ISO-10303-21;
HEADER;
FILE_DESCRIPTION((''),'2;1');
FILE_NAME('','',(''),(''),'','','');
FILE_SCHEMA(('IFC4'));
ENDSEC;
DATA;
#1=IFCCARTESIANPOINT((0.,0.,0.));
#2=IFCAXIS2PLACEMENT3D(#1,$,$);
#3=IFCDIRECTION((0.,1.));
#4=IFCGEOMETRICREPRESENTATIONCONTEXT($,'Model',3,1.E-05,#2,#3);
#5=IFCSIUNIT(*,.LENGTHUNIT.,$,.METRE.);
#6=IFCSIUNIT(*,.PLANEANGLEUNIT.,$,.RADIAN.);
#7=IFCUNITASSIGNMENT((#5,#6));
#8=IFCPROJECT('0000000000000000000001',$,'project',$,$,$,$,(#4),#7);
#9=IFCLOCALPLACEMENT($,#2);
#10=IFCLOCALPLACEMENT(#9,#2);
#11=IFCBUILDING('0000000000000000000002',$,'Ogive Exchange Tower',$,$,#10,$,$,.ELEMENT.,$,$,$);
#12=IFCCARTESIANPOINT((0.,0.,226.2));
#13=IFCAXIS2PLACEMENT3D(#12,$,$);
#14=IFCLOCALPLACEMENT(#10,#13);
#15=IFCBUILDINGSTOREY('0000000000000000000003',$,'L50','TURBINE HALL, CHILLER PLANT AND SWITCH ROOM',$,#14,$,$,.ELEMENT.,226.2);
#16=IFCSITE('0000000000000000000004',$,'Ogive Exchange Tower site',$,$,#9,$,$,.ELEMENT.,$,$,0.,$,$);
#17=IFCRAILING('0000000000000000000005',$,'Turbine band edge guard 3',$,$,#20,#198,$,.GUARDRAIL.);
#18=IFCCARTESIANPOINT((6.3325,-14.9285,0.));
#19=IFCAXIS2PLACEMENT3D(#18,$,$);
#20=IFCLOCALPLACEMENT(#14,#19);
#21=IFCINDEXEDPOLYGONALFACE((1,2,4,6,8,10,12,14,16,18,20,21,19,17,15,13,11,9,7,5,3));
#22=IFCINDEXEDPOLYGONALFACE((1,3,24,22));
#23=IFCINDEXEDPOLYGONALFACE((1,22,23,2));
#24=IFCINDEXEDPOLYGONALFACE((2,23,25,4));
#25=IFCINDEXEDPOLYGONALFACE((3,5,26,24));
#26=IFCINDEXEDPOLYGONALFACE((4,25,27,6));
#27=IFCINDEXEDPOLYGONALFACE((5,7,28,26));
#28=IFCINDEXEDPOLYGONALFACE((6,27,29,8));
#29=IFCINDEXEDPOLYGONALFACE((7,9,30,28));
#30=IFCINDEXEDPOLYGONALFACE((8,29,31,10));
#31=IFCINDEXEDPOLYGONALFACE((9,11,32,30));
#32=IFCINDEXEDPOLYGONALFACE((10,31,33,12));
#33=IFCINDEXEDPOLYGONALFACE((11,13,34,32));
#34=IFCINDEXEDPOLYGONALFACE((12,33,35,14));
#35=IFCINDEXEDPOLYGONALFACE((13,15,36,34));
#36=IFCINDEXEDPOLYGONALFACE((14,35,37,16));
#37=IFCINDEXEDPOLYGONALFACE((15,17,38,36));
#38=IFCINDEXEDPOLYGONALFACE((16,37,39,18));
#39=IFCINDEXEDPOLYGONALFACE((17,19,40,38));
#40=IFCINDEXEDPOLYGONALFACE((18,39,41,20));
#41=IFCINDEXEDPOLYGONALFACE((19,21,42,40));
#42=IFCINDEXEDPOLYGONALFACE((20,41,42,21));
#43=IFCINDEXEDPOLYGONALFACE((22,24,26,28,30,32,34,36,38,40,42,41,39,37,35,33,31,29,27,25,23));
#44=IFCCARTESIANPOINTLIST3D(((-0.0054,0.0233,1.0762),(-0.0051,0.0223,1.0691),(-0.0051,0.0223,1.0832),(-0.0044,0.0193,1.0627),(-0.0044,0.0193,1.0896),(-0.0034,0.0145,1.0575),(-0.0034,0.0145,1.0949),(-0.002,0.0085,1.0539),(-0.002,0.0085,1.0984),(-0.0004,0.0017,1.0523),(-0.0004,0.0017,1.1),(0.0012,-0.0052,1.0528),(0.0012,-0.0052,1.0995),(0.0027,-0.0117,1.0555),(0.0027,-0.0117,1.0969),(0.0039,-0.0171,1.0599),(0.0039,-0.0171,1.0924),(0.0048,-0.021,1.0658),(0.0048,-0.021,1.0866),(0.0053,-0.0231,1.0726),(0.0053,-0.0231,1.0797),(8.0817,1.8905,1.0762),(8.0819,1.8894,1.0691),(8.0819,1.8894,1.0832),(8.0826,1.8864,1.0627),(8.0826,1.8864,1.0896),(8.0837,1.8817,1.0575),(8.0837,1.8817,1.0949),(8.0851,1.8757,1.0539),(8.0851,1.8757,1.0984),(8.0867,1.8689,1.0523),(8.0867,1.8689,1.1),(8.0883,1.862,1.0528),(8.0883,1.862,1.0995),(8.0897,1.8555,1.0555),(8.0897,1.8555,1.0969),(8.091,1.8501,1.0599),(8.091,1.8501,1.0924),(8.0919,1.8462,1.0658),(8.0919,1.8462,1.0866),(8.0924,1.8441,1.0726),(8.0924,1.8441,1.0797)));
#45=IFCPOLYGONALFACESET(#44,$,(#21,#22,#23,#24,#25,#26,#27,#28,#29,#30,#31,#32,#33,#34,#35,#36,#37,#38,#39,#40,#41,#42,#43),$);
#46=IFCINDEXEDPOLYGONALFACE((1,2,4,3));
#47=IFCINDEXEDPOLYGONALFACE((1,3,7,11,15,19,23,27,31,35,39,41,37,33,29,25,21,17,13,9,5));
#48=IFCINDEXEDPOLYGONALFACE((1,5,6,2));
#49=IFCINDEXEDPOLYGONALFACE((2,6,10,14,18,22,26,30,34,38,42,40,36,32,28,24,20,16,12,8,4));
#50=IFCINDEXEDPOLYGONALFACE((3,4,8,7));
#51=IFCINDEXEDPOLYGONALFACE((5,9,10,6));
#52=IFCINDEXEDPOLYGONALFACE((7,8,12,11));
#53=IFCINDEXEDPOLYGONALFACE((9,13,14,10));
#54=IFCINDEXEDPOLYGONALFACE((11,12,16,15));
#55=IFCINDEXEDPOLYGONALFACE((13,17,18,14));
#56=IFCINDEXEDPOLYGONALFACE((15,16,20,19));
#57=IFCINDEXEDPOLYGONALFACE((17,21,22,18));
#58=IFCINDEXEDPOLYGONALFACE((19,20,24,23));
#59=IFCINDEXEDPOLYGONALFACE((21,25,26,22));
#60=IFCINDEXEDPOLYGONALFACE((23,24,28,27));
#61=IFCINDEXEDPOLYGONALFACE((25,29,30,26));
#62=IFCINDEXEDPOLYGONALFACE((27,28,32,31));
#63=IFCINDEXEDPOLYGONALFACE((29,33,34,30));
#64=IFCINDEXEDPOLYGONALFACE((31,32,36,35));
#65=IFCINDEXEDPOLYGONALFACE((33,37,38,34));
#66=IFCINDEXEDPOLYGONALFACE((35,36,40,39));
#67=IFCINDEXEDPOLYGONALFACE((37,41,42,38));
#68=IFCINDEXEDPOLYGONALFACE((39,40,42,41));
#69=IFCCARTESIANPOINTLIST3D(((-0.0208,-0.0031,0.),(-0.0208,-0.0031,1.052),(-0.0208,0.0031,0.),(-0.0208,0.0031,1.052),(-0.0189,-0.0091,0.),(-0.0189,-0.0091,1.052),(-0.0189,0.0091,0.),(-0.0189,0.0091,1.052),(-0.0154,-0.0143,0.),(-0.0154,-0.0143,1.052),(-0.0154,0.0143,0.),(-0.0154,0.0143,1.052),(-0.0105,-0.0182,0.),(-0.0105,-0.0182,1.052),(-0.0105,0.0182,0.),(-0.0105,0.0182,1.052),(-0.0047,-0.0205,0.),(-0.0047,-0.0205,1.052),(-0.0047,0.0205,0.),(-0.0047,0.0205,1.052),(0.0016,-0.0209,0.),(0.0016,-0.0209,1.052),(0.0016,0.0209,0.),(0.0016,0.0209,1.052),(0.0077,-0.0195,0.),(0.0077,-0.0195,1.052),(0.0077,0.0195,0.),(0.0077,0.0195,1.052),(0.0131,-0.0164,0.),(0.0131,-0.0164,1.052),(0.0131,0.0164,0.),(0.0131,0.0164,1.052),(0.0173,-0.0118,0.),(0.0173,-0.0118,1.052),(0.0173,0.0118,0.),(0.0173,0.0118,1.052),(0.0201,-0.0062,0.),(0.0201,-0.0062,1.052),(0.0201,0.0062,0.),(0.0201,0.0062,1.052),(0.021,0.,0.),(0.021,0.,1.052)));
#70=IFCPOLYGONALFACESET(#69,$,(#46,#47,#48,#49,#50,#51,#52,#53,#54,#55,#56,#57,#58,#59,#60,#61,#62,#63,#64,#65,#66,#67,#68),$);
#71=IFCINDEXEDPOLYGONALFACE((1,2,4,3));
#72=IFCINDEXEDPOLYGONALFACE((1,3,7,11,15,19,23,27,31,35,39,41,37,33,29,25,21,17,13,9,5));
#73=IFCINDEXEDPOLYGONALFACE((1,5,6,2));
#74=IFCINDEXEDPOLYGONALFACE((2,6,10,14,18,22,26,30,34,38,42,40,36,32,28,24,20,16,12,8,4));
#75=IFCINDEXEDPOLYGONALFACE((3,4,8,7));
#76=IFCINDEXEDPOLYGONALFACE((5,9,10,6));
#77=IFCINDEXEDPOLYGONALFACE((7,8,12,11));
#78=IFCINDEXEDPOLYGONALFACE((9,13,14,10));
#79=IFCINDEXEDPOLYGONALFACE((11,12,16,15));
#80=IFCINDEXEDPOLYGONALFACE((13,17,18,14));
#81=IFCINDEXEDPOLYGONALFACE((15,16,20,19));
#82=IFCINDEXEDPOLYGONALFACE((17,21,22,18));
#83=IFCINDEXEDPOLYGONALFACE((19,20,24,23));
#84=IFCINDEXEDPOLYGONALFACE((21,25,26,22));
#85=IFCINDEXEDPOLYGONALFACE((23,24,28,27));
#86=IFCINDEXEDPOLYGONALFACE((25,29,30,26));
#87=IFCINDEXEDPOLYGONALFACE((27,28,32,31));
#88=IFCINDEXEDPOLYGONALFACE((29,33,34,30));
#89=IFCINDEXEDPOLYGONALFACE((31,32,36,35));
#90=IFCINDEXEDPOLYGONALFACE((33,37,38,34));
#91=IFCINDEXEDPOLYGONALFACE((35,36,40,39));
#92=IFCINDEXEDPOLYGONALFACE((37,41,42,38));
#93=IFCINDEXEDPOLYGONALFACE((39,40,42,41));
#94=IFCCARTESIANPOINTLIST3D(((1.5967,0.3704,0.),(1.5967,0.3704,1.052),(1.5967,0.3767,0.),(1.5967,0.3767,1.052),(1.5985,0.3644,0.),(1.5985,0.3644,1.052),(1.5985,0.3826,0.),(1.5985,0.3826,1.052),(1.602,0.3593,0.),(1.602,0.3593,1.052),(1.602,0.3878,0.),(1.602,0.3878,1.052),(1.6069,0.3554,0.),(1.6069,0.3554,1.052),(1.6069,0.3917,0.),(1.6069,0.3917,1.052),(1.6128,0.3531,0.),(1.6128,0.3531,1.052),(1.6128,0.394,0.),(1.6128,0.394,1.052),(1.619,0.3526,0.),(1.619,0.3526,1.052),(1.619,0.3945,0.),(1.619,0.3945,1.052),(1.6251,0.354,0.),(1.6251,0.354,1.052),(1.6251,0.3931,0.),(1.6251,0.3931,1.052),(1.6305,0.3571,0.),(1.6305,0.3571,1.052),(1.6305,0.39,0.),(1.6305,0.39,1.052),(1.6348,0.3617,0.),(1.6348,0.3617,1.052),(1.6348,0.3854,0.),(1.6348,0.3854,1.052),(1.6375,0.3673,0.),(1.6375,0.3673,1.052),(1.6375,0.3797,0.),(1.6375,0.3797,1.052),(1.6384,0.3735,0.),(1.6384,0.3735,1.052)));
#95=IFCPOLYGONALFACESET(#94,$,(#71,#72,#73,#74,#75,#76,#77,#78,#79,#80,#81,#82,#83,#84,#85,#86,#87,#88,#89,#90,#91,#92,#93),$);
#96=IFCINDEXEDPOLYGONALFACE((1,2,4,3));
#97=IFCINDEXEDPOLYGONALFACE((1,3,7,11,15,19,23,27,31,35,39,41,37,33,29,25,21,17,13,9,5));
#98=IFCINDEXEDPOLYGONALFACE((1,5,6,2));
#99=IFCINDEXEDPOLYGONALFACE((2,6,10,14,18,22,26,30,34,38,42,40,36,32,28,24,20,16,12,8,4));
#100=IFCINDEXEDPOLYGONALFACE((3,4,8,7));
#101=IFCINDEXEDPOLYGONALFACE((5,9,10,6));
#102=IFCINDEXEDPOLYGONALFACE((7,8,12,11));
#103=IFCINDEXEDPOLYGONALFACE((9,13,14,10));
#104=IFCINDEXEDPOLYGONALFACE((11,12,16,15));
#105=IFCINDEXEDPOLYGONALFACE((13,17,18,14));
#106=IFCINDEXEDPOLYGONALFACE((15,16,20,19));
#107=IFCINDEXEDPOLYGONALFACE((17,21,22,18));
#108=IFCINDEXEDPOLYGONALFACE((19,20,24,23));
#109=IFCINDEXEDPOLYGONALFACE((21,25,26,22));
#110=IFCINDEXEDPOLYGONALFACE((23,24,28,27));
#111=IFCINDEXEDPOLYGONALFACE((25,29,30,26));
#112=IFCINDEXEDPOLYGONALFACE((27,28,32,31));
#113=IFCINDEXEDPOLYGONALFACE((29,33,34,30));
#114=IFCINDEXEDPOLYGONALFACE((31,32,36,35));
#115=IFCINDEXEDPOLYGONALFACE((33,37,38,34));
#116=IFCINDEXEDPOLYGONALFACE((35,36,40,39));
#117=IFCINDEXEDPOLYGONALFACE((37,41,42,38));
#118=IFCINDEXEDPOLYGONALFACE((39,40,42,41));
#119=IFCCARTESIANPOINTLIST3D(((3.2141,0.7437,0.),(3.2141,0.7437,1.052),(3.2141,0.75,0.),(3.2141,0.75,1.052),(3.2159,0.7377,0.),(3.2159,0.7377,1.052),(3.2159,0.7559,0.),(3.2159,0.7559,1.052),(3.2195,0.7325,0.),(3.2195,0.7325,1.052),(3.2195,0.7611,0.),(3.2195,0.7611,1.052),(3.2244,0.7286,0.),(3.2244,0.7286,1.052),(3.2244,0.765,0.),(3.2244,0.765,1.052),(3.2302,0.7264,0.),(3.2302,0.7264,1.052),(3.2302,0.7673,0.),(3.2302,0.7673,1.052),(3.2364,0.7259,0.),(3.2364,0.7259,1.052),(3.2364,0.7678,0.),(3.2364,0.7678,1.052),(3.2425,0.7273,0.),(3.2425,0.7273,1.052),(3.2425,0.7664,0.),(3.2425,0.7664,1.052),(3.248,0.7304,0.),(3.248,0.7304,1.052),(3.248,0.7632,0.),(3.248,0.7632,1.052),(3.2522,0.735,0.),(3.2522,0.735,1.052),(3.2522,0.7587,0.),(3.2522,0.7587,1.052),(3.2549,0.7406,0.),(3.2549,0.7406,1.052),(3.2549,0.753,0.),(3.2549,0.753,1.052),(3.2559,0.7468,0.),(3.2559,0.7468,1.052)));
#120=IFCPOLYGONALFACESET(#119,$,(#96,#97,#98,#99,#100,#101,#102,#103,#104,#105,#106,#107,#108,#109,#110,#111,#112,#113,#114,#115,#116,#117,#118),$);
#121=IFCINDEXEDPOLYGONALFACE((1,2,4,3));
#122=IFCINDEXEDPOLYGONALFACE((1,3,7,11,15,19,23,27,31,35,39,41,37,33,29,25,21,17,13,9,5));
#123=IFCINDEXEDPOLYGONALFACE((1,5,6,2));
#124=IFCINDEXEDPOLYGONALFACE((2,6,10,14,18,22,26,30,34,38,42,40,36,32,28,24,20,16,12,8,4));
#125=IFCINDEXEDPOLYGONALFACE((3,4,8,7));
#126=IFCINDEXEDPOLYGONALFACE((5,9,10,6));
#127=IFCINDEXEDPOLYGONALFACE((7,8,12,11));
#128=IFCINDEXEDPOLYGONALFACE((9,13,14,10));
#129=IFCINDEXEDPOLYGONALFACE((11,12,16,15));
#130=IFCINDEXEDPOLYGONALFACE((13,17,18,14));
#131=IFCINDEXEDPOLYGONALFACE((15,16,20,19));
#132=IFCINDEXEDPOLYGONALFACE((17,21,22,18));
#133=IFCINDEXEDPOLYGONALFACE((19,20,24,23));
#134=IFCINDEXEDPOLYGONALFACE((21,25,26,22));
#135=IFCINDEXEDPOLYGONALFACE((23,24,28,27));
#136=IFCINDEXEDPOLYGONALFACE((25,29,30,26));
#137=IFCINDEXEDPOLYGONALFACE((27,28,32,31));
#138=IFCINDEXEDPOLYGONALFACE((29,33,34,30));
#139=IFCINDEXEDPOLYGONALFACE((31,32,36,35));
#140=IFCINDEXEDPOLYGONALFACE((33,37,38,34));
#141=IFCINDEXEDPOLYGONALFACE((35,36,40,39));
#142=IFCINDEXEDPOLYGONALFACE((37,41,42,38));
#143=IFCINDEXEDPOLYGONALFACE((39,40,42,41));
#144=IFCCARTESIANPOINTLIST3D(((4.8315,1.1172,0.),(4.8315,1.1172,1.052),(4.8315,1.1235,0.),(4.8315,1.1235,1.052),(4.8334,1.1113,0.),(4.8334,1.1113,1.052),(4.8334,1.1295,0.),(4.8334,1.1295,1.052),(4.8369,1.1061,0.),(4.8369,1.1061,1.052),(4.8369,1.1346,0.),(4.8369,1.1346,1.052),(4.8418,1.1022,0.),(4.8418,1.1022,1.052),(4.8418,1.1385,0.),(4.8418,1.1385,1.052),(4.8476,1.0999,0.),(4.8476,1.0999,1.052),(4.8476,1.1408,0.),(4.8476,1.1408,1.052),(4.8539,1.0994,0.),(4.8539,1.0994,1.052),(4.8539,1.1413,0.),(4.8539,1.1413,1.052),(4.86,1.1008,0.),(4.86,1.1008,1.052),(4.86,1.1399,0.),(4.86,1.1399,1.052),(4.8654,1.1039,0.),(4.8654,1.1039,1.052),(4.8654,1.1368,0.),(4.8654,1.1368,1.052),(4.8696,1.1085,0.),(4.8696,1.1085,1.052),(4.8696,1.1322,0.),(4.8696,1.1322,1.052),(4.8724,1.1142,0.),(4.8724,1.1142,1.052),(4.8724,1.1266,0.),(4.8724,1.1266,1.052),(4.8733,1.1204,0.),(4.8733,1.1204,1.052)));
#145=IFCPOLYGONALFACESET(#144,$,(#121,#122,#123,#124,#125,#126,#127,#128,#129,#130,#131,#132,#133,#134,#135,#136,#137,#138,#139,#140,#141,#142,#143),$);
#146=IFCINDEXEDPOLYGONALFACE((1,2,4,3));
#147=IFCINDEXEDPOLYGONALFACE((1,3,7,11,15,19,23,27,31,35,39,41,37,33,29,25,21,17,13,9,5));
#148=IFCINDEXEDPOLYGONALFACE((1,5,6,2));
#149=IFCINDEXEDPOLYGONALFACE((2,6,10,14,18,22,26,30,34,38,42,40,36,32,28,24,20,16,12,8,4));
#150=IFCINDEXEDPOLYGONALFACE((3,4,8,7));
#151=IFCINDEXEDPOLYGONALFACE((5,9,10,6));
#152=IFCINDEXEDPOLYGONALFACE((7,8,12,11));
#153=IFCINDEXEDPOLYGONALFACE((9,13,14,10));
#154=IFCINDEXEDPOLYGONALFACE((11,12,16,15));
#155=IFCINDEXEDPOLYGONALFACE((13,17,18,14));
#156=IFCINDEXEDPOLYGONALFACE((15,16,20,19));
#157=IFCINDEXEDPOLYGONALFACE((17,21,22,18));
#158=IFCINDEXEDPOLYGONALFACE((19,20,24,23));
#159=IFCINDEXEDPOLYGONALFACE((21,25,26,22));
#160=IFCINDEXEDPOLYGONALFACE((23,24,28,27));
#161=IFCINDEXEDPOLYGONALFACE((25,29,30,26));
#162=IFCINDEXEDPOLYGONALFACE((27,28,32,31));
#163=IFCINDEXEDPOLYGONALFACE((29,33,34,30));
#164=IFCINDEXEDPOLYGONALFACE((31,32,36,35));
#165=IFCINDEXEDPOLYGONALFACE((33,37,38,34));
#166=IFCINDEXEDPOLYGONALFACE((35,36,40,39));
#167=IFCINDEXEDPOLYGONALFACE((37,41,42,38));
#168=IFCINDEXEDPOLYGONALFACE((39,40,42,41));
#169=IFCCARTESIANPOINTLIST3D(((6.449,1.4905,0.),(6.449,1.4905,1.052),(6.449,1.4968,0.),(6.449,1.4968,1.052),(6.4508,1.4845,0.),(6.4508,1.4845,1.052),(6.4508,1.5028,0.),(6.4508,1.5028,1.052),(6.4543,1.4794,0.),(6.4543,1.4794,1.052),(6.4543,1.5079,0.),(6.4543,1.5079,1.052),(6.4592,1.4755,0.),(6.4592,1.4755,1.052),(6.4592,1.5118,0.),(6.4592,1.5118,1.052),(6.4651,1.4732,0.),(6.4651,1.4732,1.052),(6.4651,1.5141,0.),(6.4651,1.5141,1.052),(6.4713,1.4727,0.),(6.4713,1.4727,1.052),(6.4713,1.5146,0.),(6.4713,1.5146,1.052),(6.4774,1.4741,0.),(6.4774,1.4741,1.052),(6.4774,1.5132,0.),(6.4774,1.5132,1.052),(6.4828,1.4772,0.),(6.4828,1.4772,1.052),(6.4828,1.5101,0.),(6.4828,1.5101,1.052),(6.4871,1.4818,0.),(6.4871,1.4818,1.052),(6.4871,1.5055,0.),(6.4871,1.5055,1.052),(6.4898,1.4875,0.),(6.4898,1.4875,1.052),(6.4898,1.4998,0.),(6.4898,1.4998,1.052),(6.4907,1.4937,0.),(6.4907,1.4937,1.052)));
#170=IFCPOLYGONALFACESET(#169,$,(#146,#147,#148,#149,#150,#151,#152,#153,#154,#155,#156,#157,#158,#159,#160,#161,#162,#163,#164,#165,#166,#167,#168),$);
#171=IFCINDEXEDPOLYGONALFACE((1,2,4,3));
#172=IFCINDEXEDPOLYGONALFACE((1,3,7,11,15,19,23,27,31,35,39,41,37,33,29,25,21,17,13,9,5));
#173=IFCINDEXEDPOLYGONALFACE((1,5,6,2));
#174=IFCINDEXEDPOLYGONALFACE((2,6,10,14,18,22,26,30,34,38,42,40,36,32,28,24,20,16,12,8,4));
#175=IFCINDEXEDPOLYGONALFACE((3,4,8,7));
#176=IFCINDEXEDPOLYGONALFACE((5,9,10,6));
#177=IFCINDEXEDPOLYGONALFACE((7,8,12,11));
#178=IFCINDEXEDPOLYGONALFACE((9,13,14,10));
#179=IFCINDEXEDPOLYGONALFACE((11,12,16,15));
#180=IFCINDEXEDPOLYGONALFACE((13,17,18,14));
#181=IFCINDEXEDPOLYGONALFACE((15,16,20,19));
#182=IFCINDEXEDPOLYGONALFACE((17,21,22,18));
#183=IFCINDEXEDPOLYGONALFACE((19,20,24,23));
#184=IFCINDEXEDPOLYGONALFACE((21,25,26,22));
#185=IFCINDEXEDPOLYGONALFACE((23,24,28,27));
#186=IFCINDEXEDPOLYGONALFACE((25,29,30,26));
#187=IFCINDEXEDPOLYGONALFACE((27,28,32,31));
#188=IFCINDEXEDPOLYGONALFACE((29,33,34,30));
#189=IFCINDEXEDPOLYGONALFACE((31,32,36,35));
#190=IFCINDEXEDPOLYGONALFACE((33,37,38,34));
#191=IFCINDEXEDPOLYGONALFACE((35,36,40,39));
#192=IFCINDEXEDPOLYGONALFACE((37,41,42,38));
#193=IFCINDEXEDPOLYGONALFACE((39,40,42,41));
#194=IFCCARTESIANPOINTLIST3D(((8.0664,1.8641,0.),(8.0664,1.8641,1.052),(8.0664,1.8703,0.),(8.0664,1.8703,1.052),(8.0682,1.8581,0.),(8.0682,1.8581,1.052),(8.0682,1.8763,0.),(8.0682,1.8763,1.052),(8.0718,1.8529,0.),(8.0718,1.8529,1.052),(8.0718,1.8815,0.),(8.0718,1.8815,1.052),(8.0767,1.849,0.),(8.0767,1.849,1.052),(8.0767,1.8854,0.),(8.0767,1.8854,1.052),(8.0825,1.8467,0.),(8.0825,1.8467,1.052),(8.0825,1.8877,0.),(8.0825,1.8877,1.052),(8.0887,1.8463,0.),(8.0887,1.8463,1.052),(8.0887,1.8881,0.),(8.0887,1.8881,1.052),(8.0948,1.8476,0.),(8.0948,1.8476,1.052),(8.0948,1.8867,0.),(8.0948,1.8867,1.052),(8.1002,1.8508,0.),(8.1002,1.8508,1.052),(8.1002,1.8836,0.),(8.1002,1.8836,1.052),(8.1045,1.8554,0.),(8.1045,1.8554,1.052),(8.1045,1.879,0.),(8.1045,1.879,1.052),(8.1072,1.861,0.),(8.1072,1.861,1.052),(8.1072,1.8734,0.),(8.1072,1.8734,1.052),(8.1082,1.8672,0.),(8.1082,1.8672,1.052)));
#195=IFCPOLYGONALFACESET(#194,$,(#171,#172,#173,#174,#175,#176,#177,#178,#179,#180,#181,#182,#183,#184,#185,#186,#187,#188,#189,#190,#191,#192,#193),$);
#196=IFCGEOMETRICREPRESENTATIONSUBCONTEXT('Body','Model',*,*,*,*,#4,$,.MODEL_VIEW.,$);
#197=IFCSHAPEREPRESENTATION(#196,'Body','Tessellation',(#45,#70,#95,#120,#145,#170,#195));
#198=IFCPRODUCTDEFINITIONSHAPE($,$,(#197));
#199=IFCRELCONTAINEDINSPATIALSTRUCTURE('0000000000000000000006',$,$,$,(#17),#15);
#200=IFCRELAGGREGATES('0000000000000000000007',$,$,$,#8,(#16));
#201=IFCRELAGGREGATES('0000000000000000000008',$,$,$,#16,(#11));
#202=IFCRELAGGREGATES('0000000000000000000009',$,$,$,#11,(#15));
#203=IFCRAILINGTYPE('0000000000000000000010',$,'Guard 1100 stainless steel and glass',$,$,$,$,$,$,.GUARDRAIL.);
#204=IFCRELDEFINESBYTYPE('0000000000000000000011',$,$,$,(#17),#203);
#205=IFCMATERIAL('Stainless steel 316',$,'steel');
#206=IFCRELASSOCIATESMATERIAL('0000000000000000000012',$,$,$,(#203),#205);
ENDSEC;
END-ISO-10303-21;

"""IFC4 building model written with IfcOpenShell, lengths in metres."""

from ifc_helpers import new_model, si_unit, direction, frame, origin, origin_2d, place, context, subcontext, project, spatial, circle, extrude, material, type_object, element, save


model = new_model("IFC4")

# Units and contexts
model_context = context("Model", 3, precision=1e-05, world=origin(), true_north=direction((0.0, 1.0)))
body_context = subcontext(model_context, "Body", "Model", "MODEL_VIEW")
ifc_project = project(units=[si_unit("LENGTHUNIT", "METRE"), si_unit("PLANEANGLEUNIT", "RADIAN")], contexts=[model_context])

# Site, building, storey
site_placement = place(None, origin())
site = spatial("IfcSite", under=ifc_project, at=site_placement, Name="Ogive Exchange Tower site", CompositionType="ELEMENT", RefElevation=0.0)
building_placement = place(site_placement, origin())
building = spatial("IfcBuilding", under=site, at=building_placement, Name="Ogive Exchange Tower", CompositionType="ELEMENT")
storey_placement = place(building_placement, frame((0.0, 0.0, 226.2)))
storey = spatial("IfcBuildingStorey", under=building, at=storey_placement, Name="L50", Description="TURBINE HALL, CHILLER PLANT AND SWITCH ROOM", CompositionType="ELEMENT", Elevation=226.2)

# Railing
ifc_material_1 = material(Name="Stainless steel 316", Category="steel")
railing_type = type_object("IfcRailingType", Name="Guard 1100 stainless steel and glass", PredefinedType="GUARDRAIL", material=ifc_material_1)
railing_placement = place(storey_placement, frame((6.3325, -14.9285, 0.0)))
element("IfcRailing", 1, at=railing_placement, inside=storey, type_object=railing_type, Name="Turbine band edge guard 3", PredefinedType="GUARDRAIL", context=body_context, shape_type="SweptSolid", body=[
    extrude(circle(Radius=0.0239, at=origin_2d()), frame((0.0, 0.0, 1.0762), z_axis=(0.974367, 0.224965, 0.0), x_axis=(-0.224965, 0.974367, 0.0)), (0.0, 0.0, 1.0), 8.2998),
    extrude(circle(Radius=0.021, at=origin_2d()), origin(), (0.0, 0.0, 1.0), 1.052),
    extrude(circle(Radius=0.021, at=origin_2d()), frame((1.6174, 0.3735, 0.0)), (0.0, 0.0, 1.0), 1.052),
    extrude(circle(Radius=0.021, at=origin_2d()), frame((3.2349, 0.7468, 0.0)), (0.0, 0.0, 1.0), 1.052),
    extrude(circle(Radius=0.021, at=origin_2d()), frame((4.8523, 1.1204, 0.0)), (0.0, 0.0, 1.0), 1.052),
    extrude(circle(Radius=0.021, at=origin_2d()), frame((6.4697, 1.4937, 0.0)), (0.0, 0.0, 1.0), 1.052),
    extrude(circle(Radius=0.021, at=origin_2d()), frame((8.0872, 1.8672, 0.0)), (0.0, 0.0, 1.0), 1.052),
])

save(model, "model.ifc")
